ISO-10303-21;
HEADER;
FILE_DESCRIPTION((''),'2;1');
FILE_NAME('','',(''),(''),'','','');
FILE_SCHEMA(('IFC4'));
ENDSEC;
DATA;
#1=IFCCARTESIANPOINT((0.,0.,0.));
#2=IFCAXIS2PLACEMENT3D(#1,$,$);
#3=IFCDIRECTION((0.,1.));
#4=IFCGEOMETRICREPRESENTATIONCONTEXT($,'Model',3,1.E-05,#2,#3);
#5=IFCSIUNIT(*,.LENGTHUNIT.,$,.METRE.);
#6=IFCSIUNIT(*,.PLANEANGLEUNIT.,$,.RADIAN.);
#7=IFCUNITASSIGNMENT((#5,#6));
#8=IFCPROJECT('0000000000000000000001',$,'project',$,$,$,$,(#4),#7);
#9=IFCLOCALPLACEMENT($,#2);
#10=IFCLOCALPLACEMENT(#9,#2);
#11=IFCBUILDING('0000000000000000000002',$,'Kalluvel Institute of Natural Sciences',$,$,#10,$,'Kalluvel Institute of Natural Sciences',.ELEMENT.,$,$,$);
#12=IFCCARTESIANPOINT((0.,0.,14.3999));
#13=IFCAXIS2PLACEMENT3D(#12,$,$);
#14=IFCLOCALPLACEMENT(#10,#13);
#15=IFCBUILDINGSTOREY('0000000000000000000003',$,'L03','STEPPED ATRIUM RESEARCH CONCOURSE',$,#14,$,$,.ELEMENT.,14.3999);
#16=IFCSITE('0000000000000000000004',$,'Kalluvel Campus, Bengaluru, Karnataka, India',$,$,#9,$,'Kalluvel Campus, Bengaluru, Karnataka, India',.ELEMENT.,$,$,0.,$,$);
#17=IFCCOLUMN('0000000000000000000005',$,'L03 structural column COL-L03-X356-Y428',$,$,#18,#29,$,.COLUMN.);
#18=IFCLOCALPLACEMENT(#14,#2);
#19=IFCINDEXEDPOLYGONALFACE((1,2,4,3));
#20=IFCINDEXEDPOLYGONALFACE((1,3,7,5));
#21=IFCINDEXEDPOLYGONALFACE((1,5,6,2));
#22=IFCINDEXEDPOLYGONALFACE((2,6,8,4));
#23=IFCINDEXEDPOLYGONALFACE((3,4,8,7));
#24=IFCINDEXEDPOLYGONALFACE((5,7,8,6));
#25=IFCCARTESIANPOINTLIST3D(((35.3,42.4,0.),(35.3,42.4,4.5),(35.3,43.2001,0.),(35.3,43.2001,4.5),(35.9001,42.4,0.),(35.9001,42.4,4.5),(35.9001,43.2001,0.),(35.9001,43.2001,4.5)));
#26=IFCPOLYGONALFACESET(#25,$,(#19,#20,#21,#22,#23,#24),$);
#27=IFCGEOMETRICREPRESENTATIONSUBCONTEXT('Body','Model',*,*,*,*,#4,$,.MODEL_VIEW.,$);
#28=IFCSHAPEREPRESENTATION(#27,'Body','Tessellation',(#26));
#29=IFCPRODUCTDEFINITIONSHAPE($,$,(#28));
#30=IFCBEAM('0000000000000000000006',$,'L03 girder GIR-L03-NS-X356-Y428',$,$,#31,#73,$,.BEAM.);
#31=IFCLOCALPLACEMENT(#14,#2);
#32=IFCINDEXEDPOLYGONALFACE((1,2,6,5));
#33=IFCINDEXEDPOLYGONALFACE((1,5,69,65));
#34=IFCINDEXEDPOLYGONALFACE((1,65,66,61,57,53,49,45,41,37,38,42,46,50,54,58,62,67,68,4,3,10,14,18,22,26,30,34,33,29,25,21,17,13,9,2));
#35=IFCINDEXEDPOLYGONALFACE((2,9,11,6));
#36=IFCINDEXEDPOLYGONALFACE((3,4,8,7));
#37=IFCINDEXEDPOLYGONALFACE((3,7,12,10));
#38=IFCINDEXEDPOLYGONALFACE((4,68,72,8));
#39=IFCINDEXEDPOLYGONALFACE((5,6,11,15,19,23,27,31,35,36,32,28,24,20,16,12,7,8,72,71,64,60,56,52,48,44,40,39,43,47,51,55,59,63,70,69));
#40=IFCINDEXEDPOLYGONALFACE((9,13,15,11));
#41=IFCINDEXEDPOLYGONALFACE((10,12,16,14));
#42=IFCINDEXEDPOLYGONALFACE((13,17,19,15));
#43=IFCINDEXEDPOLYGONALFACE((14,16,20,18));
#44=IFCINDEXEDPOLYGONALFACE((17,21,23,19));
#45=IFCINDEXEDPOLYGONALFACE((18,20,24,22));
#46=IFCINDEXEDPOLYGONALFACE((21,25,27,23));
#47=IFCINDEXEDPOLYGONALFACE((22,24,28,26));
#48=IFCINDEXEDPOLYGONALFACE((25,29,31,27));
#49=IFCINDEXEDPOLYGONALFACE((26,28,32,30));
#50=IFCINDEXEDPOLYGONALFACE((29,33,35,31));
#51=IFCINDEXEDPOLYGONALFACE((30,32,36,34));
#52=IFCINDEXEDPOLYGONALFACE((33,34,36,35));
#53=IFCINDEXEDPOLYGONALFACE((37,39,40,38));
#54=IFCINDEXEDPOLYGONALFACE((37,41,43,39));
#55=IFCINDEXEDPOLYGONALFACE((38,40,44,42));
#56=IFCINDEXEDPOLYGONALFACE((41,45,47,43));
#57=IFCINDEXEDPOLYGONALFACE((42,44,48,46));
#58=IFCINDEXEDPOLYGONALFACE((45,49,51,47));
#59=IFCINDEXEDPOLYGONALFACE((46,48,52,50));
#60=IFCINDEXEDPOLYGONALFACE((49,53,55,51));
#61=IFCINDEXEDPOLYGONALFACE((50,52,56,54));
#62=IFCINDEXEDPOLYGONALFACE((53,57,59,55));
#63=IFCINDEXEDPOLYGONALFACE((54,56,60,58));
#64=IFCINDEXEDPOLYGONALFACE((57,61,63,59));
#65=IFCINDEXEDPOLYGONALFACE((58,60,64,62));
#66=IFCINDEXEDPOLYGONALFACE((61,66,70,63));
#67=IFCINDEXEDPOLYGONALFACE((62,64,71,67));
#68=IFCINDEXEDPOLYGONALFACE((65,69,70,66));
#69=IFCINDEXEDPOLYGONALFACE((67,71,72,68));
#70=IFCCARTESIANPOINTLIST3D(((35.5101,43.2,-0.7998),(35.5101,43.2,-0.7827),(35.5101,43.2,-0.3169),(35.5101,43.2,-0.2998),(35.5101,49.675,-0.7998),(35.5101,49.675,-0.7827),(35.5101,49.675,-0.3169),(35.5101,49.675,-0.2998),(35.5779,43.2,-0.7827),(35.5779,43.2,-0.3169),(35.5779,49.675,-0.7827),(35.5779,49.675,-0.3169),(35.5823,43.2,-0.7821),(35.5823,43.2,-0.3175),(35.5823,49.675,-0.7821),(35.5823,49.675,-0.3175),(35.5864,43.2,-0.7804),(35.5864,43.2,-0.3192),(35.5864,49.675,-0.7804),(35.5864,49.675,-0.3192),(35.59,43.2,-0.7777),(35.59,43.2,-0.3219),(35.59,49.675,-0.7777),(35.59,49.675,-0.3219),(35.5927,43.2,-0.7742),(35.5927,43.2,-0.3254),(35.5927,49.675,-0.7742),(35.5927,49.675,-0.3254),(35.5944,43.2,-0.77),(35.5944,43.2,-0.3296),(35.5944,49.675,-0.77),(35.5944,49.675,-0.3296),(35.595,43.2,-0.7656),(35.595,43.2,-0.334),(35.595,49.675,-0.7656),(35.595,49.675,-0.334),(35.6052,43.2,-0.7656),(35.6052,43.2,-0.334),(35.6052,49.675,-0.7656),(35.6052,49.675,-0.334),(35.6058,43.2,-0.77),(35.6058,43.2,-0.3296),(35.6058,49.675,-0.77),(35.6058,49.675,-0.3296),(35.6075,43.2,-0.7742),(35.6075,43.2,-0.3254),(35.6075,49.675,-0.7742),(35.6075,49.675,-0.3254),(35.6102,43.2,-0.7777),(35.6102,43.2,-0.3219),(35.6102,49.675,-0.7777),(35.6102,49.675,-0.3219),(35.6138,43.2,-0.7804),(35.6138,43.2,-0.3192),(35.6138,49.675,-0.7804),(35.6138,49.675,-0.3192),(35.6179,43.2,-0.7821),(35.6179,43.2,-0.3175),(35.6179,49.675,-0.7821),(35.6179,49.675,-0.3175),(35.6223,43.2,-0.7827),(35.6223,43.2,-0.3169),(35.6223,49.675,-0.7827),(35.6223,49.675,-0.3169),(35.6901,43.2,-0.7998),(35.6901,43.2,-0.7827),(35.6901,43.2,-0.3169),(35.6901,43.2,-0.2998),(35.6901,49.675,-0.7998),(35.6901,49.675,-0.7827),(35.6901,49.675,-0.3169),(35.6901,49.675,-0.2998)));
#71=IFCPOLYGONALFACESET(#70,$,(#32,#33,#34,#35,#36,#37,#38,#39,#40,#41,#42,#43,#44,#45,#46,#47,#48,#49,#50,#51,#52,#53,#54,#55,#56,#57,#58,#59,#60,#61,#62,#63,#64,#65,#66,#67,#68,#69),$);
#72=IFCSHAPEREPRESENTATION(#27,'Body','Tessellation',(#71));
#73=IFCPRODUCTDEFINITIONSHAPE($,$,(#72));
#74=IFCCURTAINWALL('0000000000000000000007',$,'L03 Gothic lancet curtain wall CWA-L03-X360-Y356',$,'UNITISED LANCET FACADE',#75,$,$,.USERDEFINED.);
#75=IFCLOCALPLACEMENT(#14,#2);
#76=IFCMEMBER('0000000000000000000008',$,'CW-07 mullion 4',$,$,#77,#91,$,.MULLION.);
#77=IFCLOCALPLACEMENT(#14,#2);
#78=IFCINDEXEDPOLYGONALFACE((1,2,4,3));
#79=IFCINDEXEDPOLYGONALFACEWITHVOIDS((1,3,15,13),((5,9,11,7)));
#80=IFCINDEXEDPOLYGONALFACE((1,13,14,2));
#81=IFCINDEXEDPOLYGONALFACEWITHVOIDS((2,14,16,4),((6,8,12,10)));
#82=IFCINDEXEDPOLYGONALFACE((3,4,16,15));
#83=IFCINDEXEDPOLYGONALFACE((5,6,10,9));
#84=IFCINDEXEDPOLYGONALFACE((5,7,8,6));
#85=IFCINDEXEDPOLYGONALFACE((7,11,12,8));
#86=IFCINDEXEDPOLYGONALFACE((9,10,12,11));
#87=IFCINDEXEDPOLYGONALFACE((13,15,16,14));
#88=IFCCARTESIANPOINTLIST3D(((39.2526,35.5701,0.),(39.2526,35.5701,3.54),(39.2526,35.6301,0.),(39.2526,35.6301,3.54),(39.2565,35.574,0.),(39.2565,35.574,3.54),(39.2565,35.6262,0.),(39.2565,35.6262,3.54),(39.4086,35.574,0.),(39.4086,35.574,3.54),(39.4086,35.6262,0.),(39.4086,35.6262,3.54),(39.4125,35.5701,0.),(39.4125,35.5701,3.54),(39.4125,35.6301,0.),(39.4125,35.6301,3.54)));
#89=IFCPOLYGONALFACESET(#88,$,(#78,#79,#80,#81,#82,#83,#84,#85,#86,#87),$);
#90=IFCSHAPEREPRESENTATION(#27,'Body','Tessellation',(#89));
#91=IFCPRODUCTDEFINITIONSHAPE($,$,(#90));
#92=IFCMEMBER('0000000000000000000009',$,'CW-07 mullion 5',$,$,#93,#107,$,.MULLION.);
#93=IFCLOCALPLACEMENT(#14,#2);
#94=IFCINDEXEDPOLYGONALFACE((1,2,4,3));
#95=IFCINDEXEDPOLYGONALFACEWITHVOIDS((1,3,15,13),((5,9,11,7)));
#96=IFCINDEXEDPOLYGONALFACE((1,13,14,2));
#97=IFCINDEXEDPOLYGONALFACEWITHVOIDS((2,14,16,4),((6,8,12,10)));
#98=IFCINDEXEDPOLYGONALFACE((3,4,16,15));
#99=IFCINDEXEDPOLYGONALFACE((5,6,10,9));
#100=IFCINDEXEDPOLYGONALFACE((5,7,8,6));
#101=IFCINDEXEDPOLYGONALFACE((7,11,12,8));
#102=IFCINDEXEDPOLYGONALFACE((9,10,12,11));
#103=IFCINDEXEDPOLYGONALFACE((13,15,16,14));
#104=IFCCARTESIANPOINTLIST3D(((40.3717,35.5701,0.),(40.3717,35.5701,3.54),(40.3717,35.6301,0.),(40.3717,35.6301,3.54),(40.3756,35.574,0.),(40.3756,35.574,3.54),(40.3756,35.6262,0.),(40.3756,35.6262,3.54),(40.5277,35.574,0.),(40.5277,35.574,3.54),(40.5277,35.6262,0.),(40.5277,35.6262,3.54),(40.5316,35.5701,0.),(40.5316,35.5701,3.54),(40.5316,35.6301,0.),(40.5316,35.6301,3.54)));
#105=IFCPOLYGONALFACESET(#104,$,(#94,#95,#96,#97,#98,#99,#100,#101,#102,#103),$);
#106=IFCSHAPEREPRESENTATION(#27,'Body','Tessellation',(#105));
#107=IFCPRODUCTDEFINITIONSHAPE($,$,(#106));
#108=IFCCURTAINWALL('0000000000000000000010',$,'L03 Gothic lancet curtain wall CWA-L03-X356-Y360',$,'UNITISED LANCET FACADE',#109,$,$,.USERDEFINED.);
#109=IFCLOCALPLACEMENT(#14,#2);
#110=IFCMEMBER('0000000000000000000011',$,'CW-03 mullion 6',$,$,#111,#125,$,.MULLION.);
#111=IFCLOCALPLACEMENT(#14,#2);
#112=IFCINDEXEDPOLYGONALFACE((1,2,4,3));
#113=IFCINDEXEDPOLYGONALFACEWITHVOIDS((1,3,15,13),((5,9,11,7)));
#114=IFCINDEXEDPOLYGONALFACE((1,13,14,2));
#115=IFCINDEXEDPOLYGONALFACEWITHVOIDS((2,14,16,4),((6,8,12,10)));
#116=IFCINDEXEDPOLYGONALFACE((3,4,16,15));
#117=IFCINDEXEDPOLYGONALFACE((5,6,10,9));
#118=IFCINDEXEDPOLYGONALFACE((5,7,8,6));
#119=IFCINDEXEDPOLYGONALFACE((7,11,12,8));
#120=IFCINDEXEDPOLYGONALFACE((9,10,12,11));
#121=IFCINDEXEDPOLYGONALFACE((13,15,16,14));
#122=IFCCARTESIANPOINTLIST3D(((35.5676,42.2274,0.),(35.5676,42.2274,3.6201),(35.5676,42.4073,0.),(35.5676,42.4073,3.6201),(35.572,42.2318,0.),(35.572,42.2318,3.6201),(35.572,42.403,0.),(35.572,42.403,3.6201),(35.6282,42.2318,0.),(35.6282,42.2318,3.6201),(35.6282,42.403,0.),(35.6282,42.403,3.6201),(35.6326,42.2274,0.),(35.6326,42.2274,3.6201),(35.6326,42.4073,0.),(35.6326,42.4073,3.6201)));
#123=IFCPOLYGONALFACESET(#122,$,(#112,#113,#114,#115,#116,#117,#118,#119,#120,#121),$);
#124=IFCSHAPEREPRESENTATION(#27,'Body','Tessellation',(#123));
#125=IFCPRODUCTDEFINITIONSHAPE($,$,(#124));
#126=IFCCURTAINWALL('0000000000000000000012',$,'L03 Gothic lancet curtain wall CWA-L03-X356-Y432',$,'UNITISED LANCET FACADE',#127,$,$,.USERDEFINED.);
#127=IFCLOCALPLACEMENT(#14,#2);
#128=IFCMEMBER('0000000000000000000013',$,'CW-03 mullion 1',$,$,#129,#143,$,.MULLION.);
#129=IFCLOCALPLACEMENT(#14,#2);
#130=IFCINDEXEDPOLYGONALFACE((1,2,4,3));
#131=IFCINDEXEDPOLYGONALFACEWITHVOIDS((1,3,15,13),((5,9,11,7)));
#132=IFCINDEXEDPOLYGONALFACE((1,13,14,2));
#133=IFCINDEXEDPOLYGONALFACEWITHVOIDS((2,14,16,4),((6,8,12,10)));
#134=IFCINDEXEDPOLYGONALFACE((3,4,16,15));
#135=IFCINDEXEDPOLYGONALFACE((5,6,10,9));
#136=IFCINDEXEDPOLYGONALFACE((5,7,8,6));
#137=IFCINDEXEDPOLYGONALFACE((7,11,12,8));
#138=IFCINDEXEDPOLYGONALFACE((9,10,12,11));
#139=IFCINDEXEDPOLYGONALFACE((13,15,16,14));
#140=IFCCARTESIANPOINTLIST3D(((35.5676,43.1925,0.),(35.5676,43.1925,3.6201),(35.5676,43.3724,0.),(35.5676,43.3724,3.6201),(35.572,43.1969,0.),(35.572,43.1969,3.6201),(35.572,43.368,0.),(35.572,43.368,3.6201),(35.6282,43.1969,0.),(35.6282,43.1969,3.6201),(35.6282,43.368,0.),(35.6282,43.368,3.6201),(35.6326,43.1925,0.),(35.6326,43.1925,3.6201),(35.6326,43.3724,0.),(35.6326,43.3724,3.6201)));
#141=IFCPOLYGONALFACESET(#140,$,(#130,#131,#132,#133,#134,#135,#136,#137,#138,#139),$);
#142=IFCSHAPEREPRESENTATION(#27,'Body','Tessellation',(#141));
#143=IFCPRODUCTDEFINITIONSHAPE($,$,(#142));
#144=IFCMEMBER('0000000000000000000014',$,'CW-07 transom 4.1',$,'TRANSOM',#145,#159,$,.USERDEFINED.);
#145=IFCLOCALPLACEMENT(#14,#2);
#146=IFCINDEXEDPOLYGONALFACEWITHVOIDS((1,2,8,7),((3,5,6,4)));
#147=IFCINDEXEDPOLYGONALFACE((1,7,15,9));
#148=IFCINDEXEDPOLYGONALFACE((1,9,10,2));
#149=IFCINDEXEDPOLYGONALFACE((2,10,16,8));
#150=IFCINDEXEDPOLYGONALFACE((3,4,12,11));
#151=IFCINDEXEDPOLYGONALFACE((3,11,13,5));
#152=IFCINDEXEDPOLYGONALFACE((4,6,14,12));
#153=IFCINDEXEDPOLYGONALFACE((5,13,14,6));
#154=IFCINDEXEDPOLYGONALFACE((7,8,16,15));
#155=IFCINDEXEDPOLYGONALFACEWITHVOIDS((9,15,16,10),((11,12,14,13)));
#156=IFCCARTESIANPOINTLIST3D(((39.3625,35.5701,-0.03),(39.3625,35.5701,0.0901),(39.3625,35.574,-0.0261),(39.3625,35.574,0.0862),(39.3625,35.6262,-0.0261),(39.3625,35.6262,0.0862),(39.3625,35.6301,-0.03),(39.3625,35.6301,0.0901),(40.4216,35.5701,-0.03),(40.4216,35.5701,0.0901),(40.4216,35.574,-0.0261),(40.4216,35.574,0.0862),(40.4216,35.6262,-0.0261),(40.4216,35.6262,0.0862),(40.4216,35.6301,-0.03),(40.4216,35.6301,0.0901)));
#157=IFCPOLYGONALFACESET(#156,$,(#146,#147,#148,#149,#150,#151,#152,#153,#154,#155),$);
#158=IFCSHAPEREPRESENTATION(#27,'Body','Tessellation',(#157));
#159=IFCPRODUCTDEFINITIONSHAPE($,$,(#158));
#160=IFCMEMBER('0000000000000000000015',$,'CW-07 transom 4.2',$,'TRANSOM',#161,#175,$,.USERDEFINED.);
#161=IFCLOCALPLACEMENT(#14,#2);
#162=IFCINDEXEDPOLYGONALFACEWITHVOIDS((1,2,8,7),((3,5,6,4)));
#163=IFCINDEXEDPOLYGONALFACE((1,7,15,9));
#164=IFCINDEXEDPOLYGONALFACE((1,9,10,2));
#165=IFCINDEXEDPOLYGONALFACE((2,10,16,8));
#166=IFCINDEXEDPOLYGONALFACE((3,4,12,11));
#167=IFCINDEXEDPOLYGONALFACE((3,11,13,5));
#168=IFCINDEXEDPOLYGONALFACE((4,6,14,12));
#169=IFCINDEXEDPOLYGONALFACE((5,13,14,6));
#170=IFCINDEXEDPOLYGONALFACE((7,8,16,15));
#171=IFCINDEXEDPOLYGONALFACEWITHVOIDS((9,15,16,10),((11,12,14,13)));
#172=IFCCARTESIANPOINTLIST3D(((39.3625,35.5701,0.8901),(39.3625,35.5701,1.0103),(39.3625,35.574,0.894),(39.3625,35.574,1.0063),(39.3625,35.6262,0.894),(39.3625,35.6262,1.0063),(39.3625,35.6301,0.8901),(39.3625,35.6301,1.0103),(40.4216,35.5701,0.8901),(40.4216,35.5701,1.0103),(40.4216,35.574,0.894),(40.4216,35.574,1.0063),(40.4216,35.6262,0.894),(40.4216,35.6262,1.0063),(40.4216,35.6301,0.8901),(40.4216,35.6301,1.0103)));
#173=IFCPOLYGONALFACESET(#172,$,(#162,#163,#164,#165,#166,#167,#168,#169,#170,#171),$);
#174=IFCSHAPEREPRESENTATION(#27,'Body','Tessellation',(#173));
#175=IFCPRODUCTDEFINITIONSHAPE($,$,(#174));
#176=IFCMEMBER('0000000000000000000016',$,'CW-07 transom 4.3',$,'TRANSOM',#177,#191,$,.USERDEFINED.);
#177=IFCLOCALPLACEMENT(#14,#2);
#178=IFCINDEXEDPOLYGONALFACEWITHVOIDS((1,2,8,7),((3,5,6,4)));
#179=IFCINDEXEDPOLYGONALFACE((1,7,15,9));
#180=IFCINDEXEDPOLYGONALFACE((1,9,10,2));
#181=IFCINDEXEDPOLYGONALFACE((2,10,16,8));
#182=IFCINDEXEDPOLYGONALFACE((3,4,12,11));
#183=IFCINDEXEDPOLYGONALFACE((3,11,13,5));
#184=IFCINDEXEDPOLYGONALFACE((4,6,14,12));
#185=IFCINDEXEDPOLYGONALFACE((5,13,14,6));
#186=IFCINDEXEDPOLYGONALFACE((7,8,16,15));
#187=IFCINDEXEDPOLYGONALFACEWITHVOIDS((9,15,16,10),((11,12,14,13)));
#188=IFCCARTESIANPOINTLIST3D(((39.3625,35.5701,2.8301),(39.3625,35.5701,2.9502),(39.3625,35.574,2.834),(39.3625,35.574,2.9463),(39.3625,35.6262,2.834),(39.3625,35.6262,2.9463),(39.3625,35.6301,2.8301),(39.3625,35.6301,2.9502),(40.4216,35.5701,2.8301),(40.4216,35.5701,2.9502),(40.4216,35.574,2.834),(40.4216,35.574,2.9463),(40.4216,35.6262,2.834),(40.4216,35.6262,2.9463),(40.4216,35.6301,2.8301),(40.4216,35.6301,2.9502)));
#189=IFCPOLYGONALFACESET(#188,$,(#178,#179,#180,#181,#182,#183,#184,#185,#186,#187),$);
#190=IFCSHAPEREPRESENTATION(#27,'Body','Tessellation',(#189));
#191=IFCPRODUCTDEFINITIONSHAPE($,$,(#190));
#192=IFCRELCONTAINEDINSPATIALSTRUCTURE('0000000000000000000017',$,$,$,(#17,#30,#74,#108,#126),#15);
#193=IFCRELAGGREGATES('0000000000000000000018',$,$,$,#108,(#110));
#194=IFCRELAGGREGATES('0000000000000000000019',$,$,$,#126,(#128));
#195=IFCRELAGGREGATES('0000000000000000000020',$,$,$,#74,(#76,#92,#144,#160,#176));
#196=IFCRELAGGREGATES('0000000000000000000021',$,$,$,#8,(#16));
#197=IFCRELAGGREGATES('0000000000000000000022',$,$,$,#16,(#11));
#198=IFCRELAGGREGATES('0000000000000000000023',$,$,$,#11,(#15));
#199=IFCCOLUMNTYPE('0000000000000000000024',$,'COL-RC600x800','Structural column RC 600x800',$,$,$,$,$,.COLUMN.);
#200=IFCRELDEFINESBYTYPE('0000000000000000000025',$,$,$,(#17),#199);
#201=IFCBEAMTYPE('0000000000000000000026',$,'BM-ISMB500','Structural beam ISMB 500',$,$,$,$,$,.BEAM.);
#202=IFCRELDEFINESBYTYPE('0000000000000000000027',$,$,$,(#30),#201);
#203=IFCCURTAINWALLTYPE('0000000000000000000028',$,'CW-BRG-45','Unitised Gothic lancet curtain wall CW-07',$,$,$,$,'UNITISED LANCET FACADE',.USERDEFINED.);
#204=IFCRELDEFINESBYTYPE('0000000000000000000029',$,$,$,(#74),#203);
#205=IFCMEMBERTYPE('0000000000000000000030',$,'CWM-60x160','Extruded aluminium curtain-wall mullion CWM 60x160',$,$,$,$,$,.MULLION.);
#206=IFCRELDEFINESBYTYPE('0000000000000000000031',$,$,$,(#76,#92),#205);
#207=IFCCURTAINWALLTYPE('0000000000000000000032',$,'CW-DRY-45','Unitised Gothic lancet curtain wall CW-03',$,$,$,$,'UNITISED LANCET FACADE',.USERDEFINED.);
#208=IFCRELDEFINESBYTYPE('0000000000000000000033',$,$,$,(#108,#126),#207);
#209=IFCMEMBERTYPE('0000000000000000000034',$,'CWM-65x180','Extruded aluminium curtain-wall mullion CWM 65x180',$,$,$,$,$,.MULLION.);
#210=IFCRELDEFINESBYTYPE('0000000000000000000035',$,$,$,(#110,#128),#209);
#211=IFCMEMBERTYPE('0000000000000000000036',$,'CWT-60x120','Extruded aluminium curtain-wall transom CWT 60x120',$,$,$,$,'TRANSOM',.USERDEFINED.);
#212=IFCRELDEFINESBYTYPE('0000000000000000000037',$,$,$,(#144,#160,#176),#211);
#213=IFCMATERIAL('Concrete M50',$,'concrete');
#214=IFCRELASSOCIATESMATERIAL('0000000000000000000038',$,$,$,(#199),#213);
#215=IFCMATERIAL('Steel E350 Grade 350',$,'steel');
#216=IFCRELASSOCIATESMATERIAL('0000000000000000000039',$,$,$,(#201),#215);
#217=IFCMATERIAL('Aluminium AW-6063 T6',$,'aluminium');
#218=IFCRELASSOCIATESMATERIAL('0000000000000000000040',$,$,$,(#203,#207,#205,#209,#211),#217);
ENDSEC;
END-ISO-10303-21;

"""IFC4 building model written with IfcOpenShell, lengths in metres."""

from ifc_helpers import new_model, si_unit, direction, frame, origin, origin_2d, place, context, subcontext, project, spatial, rectangle, hollow_rectangle, i_section, extrude, material, material_profile, profile_set, type_object, element, aggregate, save


model = new_model("IFC4")

# Units and contexts
model_context = context("Model", 3, precision=1e-05, world=origin(), true_north=direction((0.0, 1.0)))
body_context = subcontext(model_context, "Body", "Model", "MODEL_VIEW")
ifc_project = project(units=[si_unit("LENGTHUNIT", "METRE"), si_unit("PLANEANGLEUNIT", "RADIAN")], contexts=[model_context])

# Site, building, storey
site_placement = place(None, origin())
site = spatial("IfcSite", under=ifc_project, at=site_placement, Name="Kalluvel Campus, Bengaluru, Karnataka, India", LongName="Kalluvel Campus, Bengaluru, Karnataka, India", CompositionType="ELEMENT", RefElevation=0.0)
building_placement = place(site_placement, origin())
building = spatial("IfcBuilding", under=site, at=building_placement, Name="Kalluvel Institute of Natural Sciences", LongName="Kalluvel Institute of Natural Sciences", CompositionType="ELEMENT")
storey_placement = place(building_placement, frame((0.0, 0.0, 14.3999)))
storey = spatial("IfcBuildingStorey", under=building, at=storey_placement, Name="L03", Description="STEPPED ATRIUM RESEARCH CONCOURSE", CompositionType="ELEMENT", Elevation=14.3999)

# Column
ifc_material_1 = material(Name="Concrete M50", Category="concrete")
ifc_material_profile_1 = material_profile(ifc_material_1, rectangle(XDim=0.6001, YDim=0.8, at=origin_2d()), Name="RC 600x800")
ifc_profile_set_1 = profile_set([ifc_material_profile_1], Name="Concrete M50")
column_type = type_object("IfcColumnType", Name="COL-RC600x800", Description="Structural column RC 600x800", PredefinedType="COLUMN", material=ifc_profile_set_1)
column_placement = place(storey_placement, frame((35.6001, 42.8, 0.0), z_axis=(0.0, 0.0, 1.0), x_axis=(1.0, 0.0, 0.0)))
element("IfcColumn", 1, at=column_placement, inside=storey, type_object=column_type, Name="L03 structural column COL-L03-X356-Y428", PredefinedType="COLUMN", context=body_context, shape_type="SweptSolid", body=[
    extrude(rectangle(XDim=0.6001, YDim=0.8, at=origin_2d()), origin(), (0.0, 0.0, 1.0), 4.5),
])

# Beam
ifc_material_2 = material(Name="Steel E350 Grade 350", Category="steel")
ifc_material_profile_2 = material_profile(ifc_material_2, i_section(OverallWidth=0.1799, OverallDepth=0.5, WebThickness=0.0103, FlangeThickness=0.0171, FilletRadius=0.0171, at=origin_2d()), Name="ISMB 500")
ifc_profile_set_2 = profile_set([ifc_material_profile_2], Name="Steel E350 Grade 350")
beam_type = type_object("IfcBeamType", Name="BM-ISMB500", Description="Structural beam ISMB 500", PredefinedType="BEAM", material=ifc_profile_set_2)
beam_placement = place(storey_placement, frame((35.6001, 43.2, -0.5498), z_axis=(0.0, 1.0, 0.0), x_axis=(-1.0, 0.0, 0.0)))
element("IfcBeam", 2, at=beam_placement, inside=storey, type_object=beam_type, Name="L03 girder GIR-L03-NS-X356-Y428", PredefinedType="BEAM", context=body_context, shape_type="SweptSolid", body=[
    extrude(i_section(OverallWidth=0.1799, OverallDepth=0.5, WebThickness=0.0103, FlangeThickness=0.0171, FilletRadius=0.0171, at=origin_2d()), origin(), (0.0, 0.0, 1.0), 6.4751),
])

# Curtain wall, members
ifc_material_3 = material(Name="Aluminium AW-6063 T6", Category="aluminium")
curtain_wall_type_1 = type_object("IfcCurtainWallType", Name="CW-BRG-45", Description="Unitised Gothic lancet curtain wall CW-07", ElementType="UNITISED LANCET FACADE", PredefinedType="USERDEFINED", material=ifc_material_3)
curtain_wall_1_placement = place(storey_placement, origin())
curtain_wall_1 = element("IfcCurtainWall", 3, at=curtain_wall_1_placement, inside=storey, type_object=curtain_wall_type_1, Name="L03 Gothic lancet curtain wall CWA-L03-X360-Y356", ObjectType="UNITISED LANCET FACADE", PredefinedType="USERDEFINED")
ifc_material_profile_3 = material_profile(ifc_material_3, hollow_rectangle(XDim=0.0601, YDim=0.1599, WallThickness=0.0039, at=origin_2d()), Name="CWM 60x160")
ifc_profile_set_3 = profile_set([ifc_material_profile_3], Name="Aluminium AW-6063 T6")
member_type_1 = type_object("IfcMemberType", Name="CWM-60x160", Description="Extruded aluminium curtain-wall mullion CWM 60x160", PredefinedType="MULLION", material=ifc_profile_set_3)
member_1_placement = place(storey_placement, frame((39.3325, 35.6001, 0.0), z_axis=(0.0, 0.0, 1.0), x_axis=(0.0, 1.0, 0.0)))
member_1 = element("IfcMember", 4, at=member_1_placement, type_object=member_type_1, Name="CW-07 mullion 4", PredefinedType="MULLION", context=body_context, shape_type="SweptSolid", body=[
    extrude(hollow_rectangle(XDim=0.0601, YDim=0.1599, WallThickness=0.0039, at=origin_2d()), origin(), (0.0, 0.0, 1.0), 3.54),
])
member_2_placement = place(storey_placement, frame((40.4517, 35.6001, 0.0), z_axis=(0.0, 0.0, 1.0), x_axis=(0.0, 1.0, 0.0)))
member_2 = element("IfcMember", 5, at=member_2_placement, type_object=member_type_1, Name="CW-07 mullion 5", PredefinedType="MULLION", context=body_context, shape_type="SweptSolid", body=[
    extrude(hollow_rectangle(XDim=0.0601, YDim=0.1599, WallThickness=0.0039, at=origin_2d()), origin(), (0.0, 0.0, 1.0), 3.54),
])

# Curtain walls, members
curtain_wall_type_2 = type_object("IfcCurtainWallType", Name="CW-DRY-45", Description="Unitised Gothic lancet curtain wall CW-03", ElementType="UNITISED LANCET FACADE", PredefinedType="USERDEFINED", material=ifc_material_3)
curtain_wall_2_placement = place(storey_placement, origin())
curtain_wall_2 = element("IfcCurtainWall", 6, at=curtain_wall_2_placement, inside=storey, type_object=curtain_wall_type_2, Name="L03 Gothic lancet curtain wall CWA-L03-X356-Y360", ObjectType="UNITISED LANCET FACADE", PredefinedType="USERDEFINED")
ifc_material_profile_4 = material_profile(ifc_material_3, hollow_rectangle(XDim=0.0649, YDim=0.1799, WallThickness=0.0044, at=origin_2d()), Name="CWM 65x180")
ifc_profile_set_4 = profile_set([ifc_material_profile_4], Name="Aluminium AW-6063 T6")
member_type_2 = type_object("IfcMemberType", Name="CWM-65x180", Description="Extruded aluminium curtain-wall mullion CWM 65x180", PredefinedType="MULLION", material=ifc_profile_set_4)
member_3_placement = place(storey_placement, frame((35.6001, 42.3174, 0.0), z_axis=(0.0, 0.0, 1.0), x_axis=(-1.0, 0.0, 0.0)))
member_3 = element("IfcMember", 7, at=member_3_placement, type_object=member_type_2, Name="CW-03 mullion 6", PredefinedType="MULLION", context=body_context, shape_type="SweptSolid", body=[
    extrude(hollow_rectangle(XDim=0.0649, YDim=0.1799, WallThickness=0.0044, at=origin_2d()), origin(), (0.0, 0.0, 1.0), 3.6201),
])
curtain_wall_3_placement = place(storey_placement, origin())
curtain_wall_3 = element("IfcCurtainWall", 8, at=curtain_wall_3_placement, inside=storey, type_object=curtain_wall_type_2, Name="L03 Gothic lancet curtain wall CWA-L03-X356-Y432", ObjectType="UNITISED LANCET FACADE", PredefinedType="USERDEFINED")
member_4_placement = place(storey_placement, frame((35.6001, 43.2825, 0.0), z_axis=(0.0, 0.0, 1.0), x_axis=(-1.0, 0.0, 0.0)))
member_4 = element("IfcMember", 9, at=member_4_placement, type_object=member_type_2, Name="CW-03 mullion 1", PredefinedType="MULLION", context=body_context, shape_type="SweptSolid", body=[
    extrude(hollow_rectangle(XDim=0.0649, YDim=0.1799, WallThickness=0.0044, at=origin_2d()), origin(), (0.0, 0.0, 1.0), 3.6201),
])

# Members
ifc_material_profile_5 = material_profile(ifc_material_3, hollow_rectangle(XDim=0.0601, YDim=0.1201, WallThickness=0.0039, at=origin_2d()), Name="CWT 60x120")
ifc_profile_set_5 = profile_set([ifc_material_profile_5], Name="Aluminium AW-6063 T6")
member_type_3 = type_object("IfcMemberType", Name="CWT-60x120", Description="Extruded aluminium curtain-wall transom CWT 60x120", ElementType="TRANSOM", PredefinedType="USERDEFINED", material=ifc_profile_set_5)
member_5_placement = place(storey_placement, frame((39.3625, 35.6001, 0.03), z_axis=(1.0, 0.0, 0.0), x_axis=(0.0, 1.0, 0.0)))
member_5 = element("IfcMember", 10, at=member_5_placement, type_object=member_type_3, Name="CW-07 transom 4.1", ObjectType="TRANSOM", PredefinedType="USERDEFINED", context=body_context, shape_type="SweptSolid", body=[
    extrude(hollow_rectangle(XDim=0.0601, YDim=0.1201, WallThickness=0.0039, at=origin_2d()), origin(), (0.0, 0.0, 1.0), 1.0591),
])
member_6_placement = place(storey_placement, frame((39.3625, 35.6001, 0.9502), z_axis=(1.0, 0.0, 0.0), x_axis=(0.0, 1.0, 0.0)))
member_6 = element("IfcMember", 11, at=member_6_placement, type_object=member_type_3, Name="CW-07 transom 4.2", ObjectType="TRANSOM", PredefinedType="USERDEFINED", context=body_context, shape_type="SweptSolid", body=[
    extrude(hollow_rectangle(XDim=0.0601, YDim=0.1201, WallThickness=0.0039, at=origin_2d()), origin(), (0.0, 0.0, 1.0), 1.0591),
])
member_7_placement = place(storey_placement, frame((39.3625, 35.6001, 2.8901), z_axis=(1.0, 0.0, 0.0), x_axis=(0.0, 1.0, 0.0)))
member_7 = element("IfcMember", 12, at=member_7_placement, type_object=member_type_3, Name="CW-07 transom 4.3", ObjectType="TRANSOM", PredefinedType="USERDEFINED", context=body_context, shape_type="SweptSolid", body=[
    extrude(hollow_rectangle(XDim=0.0601, YDim=0.1201, WallThickness=0.0039, at=origin_2d()), origin(), (0.0, 0.0, 1.0), 1.0591),
])

aggregate(curtain_wall_2, [member_3])
aggregate(curtain_wall_3, [member_4])
aggregate(curtain_wall_1, [member_1, member_2, member_5, member_6, member_7])

save(model, "model.ifc")
